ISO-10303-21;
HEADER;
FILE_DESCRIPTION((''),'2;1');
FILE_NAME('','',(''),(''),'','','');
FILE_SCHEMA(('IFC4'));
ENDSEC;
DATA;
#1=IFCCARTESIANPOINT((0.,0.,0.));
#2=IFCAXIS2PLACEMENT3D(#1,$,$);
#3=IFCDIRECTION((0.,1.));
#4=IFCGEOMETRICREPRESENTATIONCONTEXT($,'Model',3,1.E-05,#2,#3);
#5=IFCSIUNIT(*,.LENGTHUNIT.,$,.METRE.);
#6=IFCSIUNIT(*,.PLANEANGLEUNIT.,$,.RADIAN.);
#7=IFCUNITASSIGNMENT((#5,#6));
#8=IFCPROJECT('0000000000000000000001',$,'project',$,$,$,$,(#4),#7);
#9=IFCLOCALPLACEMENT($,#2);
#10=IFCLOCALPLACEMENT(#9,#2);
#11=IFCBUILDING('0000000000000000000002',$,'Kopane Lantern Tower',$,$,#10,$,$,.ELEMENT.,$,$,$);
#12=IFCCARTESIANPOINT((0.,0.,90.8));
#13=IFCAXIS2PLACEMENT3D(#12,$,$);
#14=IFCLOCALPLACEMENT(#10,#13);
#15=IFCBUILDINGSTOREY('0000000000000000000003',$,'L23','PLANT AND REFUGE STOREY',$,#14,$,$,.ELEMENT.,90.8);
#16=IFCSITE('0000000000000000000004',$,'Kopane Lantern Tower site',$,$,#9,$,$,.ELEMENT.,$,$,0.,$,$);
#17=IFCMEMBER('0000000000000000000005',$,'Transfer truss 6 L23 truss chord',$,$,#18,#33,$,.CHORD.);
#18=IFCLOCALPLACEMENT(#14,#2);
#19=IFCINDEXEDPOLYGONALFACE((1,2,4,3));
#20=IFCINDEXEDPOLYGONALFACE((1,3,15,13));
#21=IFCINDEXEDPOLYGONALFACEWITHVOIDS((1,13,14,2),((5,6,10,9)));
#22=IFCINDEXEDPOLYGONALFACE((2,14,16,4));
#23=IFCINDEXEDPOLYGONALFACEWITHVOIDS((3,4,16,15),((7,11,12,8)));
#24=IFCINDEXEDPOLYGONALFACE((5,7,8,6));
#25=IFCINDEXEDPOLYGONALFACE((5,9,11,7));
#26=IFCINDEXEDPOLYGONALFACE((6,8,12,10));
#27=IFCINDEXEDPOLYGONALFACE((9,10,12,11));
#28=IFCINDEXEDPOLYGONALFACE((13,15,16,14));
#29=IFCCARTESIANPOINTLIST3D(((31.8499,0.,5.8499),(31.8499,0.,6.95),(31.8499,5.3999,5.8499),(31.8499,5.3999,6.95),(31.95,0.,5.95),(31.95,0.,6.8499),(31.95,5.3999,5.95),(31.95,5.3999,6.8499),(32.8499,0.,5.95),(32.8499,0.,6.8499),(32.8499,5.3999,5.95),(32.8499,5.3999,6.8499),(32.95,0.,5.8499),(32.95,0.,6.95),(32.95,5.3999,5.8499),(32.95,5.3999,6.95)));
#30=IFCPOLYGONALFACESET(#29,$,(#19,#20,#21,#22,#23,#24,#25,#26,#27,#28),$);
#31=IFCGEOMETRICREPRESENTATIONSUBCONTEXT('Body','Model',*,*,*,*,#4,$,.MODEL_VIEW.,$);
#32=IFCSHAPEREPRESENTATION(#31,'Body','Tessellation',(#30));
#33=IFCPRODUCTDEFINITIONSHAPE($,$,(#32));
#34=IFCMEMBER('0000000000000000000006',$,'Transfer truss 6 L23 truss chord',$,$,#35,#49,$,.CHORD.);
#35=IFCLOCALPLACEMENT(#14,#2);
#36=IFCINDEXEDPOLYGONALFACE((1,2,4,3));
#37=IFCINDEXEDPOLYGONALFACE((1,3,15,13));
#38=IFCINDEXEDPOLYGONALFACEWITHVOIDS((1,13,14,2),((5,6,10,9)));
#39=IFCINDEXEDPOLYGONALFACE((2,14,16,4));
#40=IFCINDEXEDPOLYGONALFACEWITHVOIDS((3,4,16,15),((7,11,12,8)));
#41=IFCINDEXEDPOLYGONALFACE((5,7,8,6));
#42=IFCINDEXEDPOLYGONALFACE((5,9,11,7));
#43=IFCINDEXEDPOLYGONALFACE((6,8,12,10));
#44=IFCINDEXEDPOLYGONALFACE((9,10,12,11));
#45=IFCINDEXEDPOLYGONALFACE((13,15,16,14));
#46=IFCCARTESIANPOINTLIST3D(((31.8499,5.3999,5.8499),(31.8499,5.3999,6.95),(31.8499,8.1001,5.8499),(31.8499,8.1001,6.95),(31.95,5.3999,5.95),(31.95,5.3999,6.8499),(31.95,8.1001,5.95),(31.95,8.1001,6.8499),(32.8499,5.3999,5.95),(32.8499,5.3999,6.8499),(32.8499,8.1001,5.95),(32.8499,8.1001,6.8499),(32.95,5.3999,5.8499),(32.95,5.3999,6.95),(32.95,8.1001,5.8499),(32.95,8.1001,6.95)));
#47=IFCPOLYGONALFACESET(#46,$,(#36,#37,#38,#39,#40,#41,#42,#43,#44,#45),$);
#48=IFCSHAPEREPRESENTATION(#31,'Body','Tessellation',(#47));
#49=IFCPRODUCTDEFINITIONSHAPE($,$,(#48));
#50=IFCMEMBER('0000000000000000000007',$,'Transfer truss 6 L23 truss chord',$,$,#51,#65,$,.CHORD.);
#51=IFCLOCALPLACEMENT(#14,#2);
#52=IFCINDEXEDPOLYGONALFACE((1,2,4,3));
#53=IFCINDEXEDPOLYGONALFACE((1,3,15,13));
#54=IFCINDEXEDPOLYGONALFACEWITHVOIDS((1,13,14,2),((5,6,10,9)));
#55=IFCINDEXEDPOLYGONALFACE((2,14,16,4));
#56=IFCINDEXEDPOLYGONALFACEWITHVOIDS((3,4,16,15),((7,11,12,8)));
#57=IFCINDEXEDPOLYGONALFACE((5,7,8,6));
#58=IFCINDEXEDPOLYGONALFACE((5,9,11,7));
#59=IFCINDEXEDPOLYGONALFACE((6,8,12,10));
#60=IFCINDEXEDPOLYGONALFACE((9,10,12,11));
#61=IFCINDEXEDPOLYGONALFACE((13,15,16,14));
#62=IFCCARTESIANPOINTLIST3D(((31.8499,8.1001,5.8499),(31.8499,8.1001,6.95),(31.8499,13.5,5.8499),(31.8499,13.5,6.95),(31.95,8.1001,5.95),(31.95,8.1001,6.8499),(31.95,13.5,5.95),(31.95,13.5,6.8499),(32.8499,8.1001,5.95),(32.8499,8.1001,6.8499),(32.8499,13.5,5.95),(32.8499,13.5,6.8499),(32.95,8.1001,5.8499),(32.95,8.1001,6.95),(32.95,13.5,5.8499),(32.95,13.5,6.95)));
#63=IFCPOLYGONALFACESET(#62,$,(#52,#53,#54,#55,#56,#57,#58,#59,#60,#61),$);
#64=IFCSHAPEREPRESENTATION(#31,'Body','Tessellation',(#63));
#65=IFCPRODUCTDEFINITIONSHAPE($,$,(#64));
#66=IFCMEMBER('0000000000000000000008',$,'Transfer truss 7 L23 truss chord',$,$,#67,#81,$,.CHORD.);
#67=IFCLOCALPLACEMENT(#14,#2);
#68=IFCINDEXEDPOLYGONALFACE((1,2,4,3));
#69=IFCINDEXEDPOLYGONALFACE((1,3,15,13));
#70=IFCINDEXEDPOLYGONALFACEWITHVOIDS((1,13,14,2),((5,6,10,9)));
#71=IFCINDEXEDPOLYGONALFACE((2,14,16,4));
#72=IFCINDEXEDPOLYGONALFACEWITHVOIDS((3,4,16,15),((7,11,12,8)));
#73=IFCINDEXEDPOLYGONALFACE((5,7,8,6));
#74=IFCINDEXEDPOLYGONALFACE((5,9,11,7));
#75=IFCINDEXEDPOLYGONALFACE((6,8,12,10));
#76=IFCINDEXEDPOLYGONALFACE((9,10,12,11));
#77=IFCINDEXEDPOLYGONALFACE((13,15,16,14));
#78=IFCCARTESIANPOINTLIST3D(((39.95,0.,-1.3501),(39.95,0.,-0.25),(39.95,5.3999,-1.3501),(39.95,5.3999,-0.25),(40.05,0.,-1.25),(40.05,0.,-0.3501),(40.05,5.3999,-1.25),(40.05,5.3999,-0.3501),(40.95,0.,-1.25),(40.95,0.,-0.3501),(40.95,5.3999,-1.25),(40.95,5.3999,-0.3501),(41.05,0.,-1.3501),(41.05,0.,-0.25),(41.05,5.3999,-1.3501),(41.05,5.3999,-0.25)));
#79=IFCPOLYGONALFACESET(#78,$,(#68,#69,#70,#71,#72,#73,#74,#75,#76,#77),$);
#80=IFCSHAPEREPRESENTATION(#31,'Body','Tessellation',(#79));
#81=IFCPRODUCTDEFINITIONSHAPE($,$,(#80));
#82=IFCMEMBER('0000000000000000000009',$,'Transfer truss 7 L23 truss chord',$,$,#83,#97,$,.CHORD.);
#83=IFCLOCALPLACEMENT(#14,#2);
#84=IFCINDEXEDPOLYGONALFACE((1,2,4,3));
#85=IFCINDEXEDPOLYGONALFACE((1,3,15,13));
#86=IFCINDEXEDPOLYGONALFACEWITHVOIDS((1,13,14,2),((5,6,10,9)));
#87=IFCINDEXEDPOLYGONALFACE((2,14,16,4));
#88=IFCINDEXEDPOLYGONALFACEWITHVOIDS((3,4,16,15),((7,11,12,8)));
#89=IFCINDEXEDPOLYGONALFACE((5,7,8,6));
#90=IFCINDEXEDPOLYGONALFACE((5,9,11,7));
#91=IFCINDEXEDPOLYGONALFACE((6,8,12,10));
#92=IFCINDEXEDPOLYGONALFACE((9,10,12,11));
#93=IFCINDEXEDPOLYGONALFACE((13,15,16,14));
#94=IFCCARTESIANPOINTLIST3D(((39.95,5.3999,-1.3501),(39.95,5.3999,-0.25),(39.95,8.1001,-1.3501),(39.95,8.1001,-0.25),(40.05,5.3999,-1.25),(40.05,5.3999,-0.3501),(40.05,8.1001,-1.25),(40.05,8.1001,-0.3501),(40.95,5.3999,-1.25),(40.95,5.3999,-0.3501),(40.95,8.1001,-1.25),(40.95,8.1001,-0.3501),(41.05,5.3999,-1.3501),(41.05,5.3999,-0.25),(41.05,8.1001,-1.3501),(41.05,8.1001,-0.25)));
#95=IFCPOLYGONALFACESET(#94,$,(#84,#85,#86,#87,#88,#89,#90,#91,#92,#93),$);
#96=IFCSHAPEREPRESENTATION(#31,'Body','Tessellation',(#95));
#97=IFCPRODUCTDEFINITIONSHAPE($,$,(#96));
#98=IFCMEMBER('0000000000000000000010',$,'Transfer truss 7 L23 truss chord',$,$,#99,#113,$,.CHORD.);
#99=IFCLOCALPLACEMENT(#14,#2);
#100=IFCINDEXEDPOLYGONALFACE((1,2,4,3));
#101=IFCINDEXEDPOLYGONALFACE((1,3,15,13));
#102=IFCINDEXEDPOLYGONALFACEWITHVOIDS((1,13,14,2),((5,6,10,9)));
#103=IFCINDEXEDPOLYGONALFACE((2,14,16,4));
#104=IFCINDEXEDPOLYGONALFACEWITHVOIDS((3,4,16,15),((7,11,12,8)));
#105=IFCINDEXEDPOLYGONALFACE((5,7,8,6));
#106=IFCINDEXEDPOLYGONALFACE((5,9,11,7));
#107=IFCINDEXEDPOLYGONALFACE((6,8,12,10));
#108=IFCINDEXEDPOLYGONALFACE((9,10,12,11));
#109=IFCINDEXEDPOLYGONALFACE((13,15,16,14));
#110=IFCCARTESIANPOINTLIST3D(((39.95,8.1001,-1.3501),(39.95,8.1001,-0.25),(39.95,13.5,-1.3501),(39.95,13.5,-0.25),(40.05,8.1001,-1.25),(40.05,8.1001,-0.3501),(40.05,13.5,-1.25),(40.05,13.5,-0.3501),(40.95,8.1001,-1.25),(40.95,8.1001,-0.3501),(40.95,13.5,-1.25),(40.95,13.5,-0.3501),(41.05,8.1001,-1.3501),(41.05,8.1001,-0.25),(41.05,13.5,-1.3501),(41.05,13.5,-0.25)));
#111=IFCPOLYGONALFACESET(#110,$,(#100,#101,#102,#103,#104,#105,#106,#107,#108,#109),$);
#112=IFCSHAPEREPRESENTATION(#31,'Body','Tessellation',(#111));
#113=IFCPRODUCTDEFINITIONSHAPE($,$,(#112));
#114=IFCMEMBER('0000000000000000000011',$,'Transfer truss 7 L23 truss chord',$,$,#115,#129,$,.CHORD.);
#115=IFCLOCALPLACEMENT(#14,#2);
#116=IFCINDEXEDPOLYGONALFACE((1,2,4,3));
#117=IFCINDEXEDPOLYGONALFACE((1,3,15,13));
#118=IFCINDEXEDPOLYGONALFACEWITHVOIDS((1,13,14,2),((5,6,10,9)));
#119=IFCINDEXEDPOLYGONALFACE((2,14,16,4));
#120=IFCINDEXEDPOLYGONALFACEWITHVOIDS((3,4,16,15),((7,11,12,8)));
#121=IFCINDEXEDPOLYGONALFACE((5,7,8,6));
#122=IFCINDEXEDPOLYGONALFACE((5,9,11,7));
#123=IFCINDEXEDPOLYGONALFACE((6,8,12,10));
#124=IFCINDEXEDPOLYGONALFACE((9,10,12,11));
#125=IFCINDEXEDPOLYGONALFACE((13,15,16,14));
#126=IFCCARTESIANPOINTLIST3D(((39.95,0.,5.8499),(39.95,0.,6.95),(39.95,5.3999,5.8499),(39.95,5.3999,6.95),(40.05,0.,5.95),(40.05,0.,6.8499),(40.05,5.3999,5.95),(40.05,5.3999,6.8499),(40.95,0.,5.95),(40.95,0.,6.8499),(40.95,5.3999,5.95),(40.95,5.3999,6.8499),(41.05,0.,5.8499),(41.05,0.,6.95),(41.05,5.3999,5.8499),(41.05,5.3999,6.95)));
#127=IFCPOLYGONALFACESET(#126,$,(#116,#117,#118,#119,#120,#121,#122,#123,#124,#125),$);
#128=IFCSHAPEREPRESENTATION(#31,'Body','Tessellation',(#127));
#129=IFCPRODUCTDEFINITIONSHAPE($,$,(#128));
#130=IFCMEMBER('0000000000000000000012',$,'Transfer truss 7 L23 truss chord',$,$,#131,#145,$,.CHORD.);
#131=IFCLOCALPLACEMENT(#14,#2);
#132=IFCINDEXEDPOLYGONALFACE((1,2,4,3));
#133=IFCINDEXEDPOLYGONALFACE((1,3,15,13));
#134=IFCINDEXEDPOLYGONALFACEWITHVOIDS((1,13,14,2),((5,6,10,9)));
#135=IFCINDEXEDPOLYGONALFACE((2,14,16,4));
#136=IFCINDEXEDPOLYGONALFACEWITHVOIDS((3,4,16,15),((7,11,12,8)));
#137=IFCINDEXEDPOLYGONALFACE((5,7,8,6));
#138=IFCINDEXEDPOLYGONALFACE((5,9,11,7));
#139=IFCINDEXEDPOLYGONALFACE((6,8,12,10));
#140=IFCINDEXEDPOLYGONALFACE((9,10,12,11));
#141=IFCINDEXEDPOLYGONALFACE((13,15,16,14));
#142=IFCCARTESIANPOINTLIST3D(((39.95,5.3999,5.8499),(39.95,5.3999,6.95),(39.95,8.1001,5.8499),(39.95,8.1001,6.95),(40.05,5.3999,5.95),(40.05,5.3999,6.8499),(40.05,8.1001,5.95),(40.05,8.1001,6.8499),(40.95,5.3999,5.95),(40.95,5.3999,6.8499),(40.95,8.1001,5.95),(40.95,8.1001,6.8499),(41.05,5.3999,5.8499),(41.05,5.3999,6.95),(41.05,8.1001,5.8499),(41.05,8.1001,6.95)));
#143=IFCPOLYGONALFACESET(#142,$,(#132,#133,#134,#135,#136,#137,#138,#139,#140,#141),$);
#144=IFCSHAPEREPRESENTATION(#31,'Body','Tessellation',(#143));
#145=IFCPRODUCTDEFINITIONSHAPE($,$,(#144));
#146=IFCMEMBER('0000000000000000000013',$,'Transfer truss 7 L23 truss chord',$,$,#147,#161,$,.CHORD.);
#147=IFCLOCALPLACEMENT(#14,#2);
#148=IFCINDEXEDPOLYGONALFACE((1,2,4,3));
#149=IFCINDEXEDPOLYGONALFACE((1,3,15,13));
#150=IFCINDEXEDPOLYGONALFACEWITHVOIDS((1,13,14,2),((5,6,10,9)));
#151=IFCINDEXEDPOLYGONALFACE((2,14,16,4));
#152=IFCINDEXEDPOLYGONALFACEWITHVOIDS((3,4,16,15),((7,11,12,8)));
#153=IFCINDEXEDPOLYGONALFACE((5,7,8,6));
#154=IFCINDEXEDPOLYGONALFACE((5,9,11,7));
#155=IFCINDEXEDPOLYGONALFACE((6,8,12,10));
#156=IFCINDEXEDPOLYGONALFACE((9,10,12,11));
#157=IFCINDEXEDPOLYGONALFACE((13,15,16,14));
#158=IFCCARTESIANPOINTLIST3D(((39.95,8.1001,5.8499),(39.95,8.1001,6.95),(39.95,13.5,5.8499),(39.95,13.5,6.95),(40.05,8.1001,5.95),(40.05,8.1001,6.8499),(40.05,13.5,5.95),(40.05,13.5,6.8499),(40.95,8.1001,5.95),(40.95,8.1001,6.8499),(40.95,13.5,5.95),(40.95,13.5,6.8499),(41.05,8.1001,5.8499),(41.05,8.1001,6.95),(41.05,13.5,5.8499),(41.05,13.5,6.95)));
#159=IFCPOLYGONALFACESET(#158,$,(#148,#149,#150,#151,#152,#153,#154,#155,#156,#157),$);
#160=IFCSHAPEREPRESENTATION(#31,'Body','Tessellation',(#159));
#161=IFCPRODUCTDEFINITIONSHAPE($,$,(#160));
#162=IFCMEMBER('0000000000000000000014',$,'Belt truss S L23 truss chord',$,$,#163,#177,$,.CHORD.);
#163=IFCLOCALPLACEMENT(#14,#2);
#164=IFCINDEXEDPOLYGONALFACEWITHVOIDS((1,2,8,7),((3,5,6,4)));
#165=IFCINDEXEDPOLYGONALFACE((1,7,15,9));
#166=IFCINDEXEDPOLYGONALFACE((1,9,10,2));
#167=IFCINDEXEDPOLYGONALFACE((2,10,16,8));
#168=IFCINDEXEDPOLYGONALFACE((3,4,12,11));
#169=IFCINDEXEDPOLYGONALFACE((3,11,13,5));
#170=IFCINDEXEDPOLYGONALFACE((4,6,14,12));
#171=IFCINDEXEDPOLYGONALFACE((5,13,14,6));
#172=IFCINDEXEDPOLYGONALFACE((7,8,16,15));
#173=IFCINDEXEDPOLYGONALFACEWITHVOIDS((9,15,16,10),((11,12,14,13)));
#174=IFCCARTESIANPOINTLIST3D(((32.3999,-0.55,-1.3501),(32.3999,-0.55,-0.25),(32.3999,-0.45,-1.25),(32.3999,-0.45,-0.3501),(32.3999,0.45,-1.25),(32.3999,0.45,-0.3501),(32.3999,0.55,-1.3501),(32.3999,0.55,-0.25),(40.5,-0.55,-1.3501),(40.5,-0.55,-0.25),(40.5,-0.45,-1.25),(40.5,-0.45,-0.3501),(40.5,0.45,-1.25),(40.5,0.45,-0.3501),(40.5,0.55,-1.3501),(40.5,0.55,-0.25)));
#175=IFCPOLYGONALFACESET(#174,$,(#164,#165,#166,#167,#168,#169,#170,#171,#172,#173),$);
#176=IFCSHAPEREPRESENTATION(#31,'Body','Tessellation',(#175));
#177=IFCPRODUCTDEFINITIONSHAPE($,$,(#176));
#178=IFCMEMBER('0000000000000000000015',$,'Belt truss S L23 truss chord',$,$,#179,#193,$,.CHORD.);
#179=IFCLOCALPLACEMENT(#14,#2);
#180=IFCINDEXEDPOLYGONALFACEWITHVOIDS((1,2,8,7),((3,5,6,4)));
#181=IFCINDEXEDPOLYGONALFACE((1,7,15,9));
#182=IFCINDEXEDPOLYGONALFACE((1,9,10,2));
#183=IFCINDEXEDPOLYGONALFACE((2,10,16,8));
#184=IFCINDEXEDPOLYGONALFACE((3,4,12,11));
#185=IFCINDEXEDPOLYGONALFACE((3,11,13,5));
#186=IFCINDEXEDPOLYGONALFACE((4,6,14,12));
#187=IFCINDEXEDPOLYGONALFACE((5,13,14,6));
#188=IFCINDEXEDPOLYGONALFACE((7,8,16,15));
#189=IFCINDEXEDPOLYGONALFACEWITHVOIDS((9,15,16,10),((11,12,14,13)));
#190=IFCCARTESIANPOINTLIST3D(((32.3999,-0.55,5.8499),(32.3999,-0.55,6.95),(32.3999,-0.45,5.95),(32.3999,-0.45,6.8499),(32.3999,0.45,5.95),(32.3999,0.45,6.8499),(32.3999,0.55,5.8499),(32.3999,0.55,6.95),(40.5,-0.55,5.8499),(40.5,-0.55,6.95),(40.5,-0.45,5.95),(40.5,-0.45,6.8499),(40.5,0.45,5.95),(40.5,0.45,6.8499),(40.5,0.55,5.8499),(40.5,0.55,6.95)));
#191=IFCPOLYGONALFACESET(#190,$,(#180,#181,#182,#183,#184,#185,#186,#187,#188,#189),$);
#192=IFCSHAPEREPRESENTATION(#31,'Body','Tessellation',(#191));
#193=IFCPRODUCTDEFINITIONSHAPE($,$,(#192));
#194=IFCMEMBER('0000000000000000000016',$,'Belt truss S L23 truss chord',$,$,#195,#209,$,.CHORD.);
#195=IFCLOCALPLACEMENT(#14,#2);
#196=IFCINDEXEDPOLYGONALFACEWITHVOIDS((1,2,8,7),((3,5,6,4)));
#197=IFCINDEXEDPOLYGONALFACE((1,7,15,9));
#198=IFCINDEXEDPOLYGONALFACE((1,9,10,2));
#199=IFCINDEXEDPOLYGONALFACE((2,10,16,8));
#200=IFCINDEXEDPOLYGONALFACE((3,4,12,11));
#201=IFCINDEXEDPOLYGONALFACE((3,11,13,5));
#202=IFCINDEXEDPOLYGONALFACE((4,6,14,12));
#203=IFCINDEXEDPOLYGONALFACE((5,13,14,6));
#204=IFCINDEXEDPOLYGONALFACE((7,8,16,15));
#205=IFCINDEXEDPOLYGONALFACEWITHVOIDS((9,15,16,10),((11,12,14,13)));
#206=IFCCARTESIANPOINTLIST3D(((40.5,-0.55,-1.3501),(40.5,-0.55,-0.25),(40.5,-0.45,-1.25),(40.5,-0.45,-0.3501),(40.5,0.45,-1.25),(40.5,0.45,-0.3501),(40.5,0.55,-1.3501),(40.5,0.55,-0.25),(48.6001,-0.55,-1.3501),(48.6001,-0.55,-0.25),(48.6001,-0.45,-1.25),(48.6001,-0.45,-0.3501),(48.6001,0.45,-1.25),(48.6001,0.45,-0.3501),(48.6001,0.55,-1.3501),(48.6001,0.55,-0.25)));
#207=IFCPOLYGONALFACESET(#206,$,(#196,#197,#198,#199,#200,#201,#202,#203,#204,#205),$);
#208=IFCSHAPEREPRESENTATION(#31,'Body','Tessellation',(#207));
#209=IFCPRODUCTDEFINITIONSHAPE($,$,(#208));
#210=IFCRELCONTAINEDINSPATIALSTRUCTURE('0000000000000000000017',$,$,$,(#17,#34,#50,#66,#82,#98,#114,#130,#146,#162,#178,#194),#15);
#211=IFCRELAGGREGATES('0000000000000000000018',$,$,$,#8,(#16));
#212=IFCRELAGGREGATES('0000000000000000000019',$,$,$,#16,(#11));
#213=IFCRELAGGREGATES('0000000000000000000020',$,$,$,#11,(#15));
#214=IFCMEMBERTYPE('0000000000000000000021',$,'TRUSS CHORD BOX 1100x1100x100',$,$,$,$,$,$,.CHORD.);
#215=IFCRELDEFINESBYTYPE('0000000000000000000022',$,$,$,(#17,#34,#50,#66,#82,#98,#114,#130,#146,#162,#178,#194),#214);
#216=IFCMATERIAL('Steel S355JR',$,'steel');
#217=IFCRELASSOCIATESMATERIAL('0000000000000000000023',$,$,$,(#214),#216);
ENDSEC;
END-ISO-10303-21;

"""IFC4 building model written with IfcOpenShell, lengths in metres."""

from ifc_helpers import new_model, si_unit, direction, frame, origin, origin_2d, place, context, subcontext, project, spatial, hollow_rectangle, extrude, material, material_profile, profile_set, type_object, element, save


model = new_model("IFC4")

# Units and contexts
model_context = context("Model", 3, precision=1e-05, world=origin(), true_north=direction((0.0, 1.0)))
body_context = subcontext(model_context, "Body", "Model", "MODEL_VIEW")
ifc_project = project(units=[si_unit("LENGTHUNIT", "METRE"), si_unit("PLANEANGLEUNIT", "RADIAN")], contexts=[model_context])

# Site, building, storey
site_placement = place(None, origin())
site = spatial("IfcSite", under=ifc_project, at=site_placement, Name="Kopane Lantern Tower site", CompositionType="ELEMENT", RefElevation=0.0)
building_placement = place(site_placement, origin())
building = spatial("IfcBuilding", under=site, at=building_placement, Name="Kopane Lantern Tower", CompositionType="ELEMENT")
storey_placement = place(building_placement, frame((0.0, 0.0, 90.8)))
storey = spatial("IfcBuildingStorey", under=building, at=storey_placement, Name="L23", Description="PLANT AND REFUGE STOREY", CompositionType="ELEMENT", Elevation=90.8)

# Members
ifc_material_1 = material(Name="Steel S355JR", Category="steel")
ifc_material_profile_1 = material_profile(ifc_material_1, hollow_rectangle(XDim=1.1001, YDim=1.1001, WallThickness=0.1001, at=origin_2d()), Name="BOX 1100x1100x100")
ifc_profile_set_1 = profile_set([ifc_material_profile_1], Name="Steel S355JR")
member_type_1 = type_object("IfcMemberType", Name="TRUSS CHORD BOX 1100x1100x100", PredefinedType="CHORD", material=ifc_profile_set_1)
for number, where, z_axis, x_axis, name in (
    (1, (32.3999, 0.0, 6.3999), (0.0, 1.0, 0.0), (-1.0, 0.0, 0.0), "Transfer truss 6 L23 truss chord"),
):
    element("IfcMember", number, at=place(storey_placement, frame(where, z_axis=z_axis, x_axis=x_axis)), inside=storey, type_object=member_type_1, Name=name, PredefinedType="CHORD", context=body_context, shape_type="SweptSolid", body=[
        extrude(hollow_rectangle(XDim=1.1001, YDim=1.1001, WallThickness=0.1001, at=origin_2d()), origin(), (0.0, 0.0, 1.0), 5.3999),
    ])
member_1_placement = place(storey_placement, frame((32.3999, 5.3999, 6.3999), z_axis=(0.0, 1.0, 0.0), x_axis=(-1.0, 0.0, 0.0)))
element("IfcMember", 2, at=member_1_placement, inside=storey, type_object=member_type_1, Name="Transfer truss 6 L23 truss chord", PredefinedType="CHORD", context=body_context, shape_type="SweptSolid", body=[
    extrude(hollow_rectangle(XDim=1.1001, YDim=1.1001, WallThickness=0.1001, at=origin_2d()), origin(), (0.0, 0.0, 1.0), 2.7002),
])
for number, where, z_axis, x_axis, name in (
    (3, (32.3999, 8.1001, 6.3999), (0.0, 1.0, 0.0), (-1.0, 0.0, 0.0), "Transfer truss 6 L23 truss chord"),
    (4, (40.5, 0.0, -0.8), (0.0, 1.0, 0.0), (-1.0, 0.0, 0.0), "Transfer truss 7 L23 truss chord"),
):
    element("IfcMember", number, at=place(storey_placement, frame(where, z_axis=z_axis, x_axis=x_axis)), inside=storey, type_object=member_type_1, Name=name, PredefinedType="CHORD", context=body_context, shape_type="SweptSolid", body=[
        extrude(hollow_rectangle(XDim=1.1001, YDim=1.1001, WallThickness=0.1001, at=origin_2d()), origin(), (0.0, 0.0, 1.0), 5.3999),
    ])
member_2_placement = place(storey_placement, frame((40.5, 5.3999, -0.8), z_axis=(0.0, 1.0, 0.0), x_axis=(-1.0, 0.0, 0.0)))
element("IfcMember", 5, at=member_2_placement, inside=storey, type_object=member_type_1, Name="Transfer truss 7 L23 truss chord", PredefinedType="CHORD", context=body_context, shape_type="SweptSolid", body=[
    extrude(hollow_rectangle(XDim=1.1001, YDim=1.1001, WallThickness=0.1001, at=origin_2d()), origin(), (0.0, 0.0, 1.0), 2.7002),
])
for number, where, z_axis, x_axis, name in (
    (6, (40.5, 8.1001, -0.8), (0.0, 1.0, 0.0), (-1.0, 0.0, 0.0), "Transfer truss 7 L23 truss chord"),
    (7, (40.5, 0.0, 6.3999), (0.0, 1.0, 0.0), (-1.0, 0.0, 0.0), "Transfer truss 7 L23 truss chord"),
):
    element("IfcMember", number, at=place(storey_placement, frame(where, z_axis=z_axis, x_axis=x_axis)), inside=storey, type_object=member_type_1, Name=name, PredefinedType="CHORD", context=body_context, shape_type="SweptSolid", body=[
        extrude(hollow_rectangle(XDim=1.1001, YDim=1.1001, WallThickness=0.1001, at=origin_2d()), origin(), (0.0, 0.0, 1.0), 5.3999),
    ])
member_3_placement = place(storey_placement, frame((40.5, 5.3999, 6.3999), z_axis=(0.0, 1.0, 0.0), x_axis=(-1.0, 0.0, 0.0)))
element("IfcMember", 8, at=member_3_placement, inside=storey, type_object=member_type_1, Name="Transfer truss 7 L23 truss chord", PredefinedType="CHORD", context=body_context, shape_type="SweptSolid", body=[
    extrude(hollow_rectangle(XDim=1.1001, YDim=1.1001, WallThickness=0.1001, at=origin_2d()), origin(), (0.0, 0.0, 1.0), 2.7002),
])
member_4_placement = place(storey_placement, frame((40.5, 8.1001, 6.3999), z_axis=(0.0, 1.0, 0.0), x_axis=(-1.0, 0.0, 0.0)))
element("IfcMember", 9, at=member_4_placement, inside=storey, type_object=member_type_1, Name="Transfer truss 7 L23 truss chord", PredefinedType="CHORD", context=body_context, shape_type="SweptSolid", body=[
    extrude(hollow_rectangle(XDim=1.1001, YDim=1.1001, WallThickness=0.1001, at=origin_2d()), origin(), (0.0, 0.0, 1.0), 5.3999),
])
for number, where, z_axis, x_axis, name in (
    (10, (32.3999, 0.0, -0.8), (1.0, 0.0, 0.0), (0.0, 1.0, 0.0), "Belt truss S L23 truss chord"),
    (11, (32.3999, 0.0, 6.3999), (1.0, 0.0, 0.0), (0.0, 1.0, 0.0), "Belt truss S L23 truss chord"),
    (12, (40.5, 0.0, -0.8), (1.0, 0.0, 0.0), (0.0, 1.0, 0.0), "Belt truss S L23 truss chord"),
):
    element("IfcMember", number, at=place(storey_placement, frame(where, z_axis=z_axis, x_axis=x_axis)), inside=storey, type_object=member_type_1, Name=name, PredefinedType="CHORD", context=body_context, shape_type="SweptSolid", body=[
        extrude(hollow_rectangle(XDim=1.1001, YDim=1.1001, WallThickness=0.1001, at=origin_2d()), origin(), (0.0, 0.0, 1.0), 8.1001),
    ])

save(model, "model.ifc")
